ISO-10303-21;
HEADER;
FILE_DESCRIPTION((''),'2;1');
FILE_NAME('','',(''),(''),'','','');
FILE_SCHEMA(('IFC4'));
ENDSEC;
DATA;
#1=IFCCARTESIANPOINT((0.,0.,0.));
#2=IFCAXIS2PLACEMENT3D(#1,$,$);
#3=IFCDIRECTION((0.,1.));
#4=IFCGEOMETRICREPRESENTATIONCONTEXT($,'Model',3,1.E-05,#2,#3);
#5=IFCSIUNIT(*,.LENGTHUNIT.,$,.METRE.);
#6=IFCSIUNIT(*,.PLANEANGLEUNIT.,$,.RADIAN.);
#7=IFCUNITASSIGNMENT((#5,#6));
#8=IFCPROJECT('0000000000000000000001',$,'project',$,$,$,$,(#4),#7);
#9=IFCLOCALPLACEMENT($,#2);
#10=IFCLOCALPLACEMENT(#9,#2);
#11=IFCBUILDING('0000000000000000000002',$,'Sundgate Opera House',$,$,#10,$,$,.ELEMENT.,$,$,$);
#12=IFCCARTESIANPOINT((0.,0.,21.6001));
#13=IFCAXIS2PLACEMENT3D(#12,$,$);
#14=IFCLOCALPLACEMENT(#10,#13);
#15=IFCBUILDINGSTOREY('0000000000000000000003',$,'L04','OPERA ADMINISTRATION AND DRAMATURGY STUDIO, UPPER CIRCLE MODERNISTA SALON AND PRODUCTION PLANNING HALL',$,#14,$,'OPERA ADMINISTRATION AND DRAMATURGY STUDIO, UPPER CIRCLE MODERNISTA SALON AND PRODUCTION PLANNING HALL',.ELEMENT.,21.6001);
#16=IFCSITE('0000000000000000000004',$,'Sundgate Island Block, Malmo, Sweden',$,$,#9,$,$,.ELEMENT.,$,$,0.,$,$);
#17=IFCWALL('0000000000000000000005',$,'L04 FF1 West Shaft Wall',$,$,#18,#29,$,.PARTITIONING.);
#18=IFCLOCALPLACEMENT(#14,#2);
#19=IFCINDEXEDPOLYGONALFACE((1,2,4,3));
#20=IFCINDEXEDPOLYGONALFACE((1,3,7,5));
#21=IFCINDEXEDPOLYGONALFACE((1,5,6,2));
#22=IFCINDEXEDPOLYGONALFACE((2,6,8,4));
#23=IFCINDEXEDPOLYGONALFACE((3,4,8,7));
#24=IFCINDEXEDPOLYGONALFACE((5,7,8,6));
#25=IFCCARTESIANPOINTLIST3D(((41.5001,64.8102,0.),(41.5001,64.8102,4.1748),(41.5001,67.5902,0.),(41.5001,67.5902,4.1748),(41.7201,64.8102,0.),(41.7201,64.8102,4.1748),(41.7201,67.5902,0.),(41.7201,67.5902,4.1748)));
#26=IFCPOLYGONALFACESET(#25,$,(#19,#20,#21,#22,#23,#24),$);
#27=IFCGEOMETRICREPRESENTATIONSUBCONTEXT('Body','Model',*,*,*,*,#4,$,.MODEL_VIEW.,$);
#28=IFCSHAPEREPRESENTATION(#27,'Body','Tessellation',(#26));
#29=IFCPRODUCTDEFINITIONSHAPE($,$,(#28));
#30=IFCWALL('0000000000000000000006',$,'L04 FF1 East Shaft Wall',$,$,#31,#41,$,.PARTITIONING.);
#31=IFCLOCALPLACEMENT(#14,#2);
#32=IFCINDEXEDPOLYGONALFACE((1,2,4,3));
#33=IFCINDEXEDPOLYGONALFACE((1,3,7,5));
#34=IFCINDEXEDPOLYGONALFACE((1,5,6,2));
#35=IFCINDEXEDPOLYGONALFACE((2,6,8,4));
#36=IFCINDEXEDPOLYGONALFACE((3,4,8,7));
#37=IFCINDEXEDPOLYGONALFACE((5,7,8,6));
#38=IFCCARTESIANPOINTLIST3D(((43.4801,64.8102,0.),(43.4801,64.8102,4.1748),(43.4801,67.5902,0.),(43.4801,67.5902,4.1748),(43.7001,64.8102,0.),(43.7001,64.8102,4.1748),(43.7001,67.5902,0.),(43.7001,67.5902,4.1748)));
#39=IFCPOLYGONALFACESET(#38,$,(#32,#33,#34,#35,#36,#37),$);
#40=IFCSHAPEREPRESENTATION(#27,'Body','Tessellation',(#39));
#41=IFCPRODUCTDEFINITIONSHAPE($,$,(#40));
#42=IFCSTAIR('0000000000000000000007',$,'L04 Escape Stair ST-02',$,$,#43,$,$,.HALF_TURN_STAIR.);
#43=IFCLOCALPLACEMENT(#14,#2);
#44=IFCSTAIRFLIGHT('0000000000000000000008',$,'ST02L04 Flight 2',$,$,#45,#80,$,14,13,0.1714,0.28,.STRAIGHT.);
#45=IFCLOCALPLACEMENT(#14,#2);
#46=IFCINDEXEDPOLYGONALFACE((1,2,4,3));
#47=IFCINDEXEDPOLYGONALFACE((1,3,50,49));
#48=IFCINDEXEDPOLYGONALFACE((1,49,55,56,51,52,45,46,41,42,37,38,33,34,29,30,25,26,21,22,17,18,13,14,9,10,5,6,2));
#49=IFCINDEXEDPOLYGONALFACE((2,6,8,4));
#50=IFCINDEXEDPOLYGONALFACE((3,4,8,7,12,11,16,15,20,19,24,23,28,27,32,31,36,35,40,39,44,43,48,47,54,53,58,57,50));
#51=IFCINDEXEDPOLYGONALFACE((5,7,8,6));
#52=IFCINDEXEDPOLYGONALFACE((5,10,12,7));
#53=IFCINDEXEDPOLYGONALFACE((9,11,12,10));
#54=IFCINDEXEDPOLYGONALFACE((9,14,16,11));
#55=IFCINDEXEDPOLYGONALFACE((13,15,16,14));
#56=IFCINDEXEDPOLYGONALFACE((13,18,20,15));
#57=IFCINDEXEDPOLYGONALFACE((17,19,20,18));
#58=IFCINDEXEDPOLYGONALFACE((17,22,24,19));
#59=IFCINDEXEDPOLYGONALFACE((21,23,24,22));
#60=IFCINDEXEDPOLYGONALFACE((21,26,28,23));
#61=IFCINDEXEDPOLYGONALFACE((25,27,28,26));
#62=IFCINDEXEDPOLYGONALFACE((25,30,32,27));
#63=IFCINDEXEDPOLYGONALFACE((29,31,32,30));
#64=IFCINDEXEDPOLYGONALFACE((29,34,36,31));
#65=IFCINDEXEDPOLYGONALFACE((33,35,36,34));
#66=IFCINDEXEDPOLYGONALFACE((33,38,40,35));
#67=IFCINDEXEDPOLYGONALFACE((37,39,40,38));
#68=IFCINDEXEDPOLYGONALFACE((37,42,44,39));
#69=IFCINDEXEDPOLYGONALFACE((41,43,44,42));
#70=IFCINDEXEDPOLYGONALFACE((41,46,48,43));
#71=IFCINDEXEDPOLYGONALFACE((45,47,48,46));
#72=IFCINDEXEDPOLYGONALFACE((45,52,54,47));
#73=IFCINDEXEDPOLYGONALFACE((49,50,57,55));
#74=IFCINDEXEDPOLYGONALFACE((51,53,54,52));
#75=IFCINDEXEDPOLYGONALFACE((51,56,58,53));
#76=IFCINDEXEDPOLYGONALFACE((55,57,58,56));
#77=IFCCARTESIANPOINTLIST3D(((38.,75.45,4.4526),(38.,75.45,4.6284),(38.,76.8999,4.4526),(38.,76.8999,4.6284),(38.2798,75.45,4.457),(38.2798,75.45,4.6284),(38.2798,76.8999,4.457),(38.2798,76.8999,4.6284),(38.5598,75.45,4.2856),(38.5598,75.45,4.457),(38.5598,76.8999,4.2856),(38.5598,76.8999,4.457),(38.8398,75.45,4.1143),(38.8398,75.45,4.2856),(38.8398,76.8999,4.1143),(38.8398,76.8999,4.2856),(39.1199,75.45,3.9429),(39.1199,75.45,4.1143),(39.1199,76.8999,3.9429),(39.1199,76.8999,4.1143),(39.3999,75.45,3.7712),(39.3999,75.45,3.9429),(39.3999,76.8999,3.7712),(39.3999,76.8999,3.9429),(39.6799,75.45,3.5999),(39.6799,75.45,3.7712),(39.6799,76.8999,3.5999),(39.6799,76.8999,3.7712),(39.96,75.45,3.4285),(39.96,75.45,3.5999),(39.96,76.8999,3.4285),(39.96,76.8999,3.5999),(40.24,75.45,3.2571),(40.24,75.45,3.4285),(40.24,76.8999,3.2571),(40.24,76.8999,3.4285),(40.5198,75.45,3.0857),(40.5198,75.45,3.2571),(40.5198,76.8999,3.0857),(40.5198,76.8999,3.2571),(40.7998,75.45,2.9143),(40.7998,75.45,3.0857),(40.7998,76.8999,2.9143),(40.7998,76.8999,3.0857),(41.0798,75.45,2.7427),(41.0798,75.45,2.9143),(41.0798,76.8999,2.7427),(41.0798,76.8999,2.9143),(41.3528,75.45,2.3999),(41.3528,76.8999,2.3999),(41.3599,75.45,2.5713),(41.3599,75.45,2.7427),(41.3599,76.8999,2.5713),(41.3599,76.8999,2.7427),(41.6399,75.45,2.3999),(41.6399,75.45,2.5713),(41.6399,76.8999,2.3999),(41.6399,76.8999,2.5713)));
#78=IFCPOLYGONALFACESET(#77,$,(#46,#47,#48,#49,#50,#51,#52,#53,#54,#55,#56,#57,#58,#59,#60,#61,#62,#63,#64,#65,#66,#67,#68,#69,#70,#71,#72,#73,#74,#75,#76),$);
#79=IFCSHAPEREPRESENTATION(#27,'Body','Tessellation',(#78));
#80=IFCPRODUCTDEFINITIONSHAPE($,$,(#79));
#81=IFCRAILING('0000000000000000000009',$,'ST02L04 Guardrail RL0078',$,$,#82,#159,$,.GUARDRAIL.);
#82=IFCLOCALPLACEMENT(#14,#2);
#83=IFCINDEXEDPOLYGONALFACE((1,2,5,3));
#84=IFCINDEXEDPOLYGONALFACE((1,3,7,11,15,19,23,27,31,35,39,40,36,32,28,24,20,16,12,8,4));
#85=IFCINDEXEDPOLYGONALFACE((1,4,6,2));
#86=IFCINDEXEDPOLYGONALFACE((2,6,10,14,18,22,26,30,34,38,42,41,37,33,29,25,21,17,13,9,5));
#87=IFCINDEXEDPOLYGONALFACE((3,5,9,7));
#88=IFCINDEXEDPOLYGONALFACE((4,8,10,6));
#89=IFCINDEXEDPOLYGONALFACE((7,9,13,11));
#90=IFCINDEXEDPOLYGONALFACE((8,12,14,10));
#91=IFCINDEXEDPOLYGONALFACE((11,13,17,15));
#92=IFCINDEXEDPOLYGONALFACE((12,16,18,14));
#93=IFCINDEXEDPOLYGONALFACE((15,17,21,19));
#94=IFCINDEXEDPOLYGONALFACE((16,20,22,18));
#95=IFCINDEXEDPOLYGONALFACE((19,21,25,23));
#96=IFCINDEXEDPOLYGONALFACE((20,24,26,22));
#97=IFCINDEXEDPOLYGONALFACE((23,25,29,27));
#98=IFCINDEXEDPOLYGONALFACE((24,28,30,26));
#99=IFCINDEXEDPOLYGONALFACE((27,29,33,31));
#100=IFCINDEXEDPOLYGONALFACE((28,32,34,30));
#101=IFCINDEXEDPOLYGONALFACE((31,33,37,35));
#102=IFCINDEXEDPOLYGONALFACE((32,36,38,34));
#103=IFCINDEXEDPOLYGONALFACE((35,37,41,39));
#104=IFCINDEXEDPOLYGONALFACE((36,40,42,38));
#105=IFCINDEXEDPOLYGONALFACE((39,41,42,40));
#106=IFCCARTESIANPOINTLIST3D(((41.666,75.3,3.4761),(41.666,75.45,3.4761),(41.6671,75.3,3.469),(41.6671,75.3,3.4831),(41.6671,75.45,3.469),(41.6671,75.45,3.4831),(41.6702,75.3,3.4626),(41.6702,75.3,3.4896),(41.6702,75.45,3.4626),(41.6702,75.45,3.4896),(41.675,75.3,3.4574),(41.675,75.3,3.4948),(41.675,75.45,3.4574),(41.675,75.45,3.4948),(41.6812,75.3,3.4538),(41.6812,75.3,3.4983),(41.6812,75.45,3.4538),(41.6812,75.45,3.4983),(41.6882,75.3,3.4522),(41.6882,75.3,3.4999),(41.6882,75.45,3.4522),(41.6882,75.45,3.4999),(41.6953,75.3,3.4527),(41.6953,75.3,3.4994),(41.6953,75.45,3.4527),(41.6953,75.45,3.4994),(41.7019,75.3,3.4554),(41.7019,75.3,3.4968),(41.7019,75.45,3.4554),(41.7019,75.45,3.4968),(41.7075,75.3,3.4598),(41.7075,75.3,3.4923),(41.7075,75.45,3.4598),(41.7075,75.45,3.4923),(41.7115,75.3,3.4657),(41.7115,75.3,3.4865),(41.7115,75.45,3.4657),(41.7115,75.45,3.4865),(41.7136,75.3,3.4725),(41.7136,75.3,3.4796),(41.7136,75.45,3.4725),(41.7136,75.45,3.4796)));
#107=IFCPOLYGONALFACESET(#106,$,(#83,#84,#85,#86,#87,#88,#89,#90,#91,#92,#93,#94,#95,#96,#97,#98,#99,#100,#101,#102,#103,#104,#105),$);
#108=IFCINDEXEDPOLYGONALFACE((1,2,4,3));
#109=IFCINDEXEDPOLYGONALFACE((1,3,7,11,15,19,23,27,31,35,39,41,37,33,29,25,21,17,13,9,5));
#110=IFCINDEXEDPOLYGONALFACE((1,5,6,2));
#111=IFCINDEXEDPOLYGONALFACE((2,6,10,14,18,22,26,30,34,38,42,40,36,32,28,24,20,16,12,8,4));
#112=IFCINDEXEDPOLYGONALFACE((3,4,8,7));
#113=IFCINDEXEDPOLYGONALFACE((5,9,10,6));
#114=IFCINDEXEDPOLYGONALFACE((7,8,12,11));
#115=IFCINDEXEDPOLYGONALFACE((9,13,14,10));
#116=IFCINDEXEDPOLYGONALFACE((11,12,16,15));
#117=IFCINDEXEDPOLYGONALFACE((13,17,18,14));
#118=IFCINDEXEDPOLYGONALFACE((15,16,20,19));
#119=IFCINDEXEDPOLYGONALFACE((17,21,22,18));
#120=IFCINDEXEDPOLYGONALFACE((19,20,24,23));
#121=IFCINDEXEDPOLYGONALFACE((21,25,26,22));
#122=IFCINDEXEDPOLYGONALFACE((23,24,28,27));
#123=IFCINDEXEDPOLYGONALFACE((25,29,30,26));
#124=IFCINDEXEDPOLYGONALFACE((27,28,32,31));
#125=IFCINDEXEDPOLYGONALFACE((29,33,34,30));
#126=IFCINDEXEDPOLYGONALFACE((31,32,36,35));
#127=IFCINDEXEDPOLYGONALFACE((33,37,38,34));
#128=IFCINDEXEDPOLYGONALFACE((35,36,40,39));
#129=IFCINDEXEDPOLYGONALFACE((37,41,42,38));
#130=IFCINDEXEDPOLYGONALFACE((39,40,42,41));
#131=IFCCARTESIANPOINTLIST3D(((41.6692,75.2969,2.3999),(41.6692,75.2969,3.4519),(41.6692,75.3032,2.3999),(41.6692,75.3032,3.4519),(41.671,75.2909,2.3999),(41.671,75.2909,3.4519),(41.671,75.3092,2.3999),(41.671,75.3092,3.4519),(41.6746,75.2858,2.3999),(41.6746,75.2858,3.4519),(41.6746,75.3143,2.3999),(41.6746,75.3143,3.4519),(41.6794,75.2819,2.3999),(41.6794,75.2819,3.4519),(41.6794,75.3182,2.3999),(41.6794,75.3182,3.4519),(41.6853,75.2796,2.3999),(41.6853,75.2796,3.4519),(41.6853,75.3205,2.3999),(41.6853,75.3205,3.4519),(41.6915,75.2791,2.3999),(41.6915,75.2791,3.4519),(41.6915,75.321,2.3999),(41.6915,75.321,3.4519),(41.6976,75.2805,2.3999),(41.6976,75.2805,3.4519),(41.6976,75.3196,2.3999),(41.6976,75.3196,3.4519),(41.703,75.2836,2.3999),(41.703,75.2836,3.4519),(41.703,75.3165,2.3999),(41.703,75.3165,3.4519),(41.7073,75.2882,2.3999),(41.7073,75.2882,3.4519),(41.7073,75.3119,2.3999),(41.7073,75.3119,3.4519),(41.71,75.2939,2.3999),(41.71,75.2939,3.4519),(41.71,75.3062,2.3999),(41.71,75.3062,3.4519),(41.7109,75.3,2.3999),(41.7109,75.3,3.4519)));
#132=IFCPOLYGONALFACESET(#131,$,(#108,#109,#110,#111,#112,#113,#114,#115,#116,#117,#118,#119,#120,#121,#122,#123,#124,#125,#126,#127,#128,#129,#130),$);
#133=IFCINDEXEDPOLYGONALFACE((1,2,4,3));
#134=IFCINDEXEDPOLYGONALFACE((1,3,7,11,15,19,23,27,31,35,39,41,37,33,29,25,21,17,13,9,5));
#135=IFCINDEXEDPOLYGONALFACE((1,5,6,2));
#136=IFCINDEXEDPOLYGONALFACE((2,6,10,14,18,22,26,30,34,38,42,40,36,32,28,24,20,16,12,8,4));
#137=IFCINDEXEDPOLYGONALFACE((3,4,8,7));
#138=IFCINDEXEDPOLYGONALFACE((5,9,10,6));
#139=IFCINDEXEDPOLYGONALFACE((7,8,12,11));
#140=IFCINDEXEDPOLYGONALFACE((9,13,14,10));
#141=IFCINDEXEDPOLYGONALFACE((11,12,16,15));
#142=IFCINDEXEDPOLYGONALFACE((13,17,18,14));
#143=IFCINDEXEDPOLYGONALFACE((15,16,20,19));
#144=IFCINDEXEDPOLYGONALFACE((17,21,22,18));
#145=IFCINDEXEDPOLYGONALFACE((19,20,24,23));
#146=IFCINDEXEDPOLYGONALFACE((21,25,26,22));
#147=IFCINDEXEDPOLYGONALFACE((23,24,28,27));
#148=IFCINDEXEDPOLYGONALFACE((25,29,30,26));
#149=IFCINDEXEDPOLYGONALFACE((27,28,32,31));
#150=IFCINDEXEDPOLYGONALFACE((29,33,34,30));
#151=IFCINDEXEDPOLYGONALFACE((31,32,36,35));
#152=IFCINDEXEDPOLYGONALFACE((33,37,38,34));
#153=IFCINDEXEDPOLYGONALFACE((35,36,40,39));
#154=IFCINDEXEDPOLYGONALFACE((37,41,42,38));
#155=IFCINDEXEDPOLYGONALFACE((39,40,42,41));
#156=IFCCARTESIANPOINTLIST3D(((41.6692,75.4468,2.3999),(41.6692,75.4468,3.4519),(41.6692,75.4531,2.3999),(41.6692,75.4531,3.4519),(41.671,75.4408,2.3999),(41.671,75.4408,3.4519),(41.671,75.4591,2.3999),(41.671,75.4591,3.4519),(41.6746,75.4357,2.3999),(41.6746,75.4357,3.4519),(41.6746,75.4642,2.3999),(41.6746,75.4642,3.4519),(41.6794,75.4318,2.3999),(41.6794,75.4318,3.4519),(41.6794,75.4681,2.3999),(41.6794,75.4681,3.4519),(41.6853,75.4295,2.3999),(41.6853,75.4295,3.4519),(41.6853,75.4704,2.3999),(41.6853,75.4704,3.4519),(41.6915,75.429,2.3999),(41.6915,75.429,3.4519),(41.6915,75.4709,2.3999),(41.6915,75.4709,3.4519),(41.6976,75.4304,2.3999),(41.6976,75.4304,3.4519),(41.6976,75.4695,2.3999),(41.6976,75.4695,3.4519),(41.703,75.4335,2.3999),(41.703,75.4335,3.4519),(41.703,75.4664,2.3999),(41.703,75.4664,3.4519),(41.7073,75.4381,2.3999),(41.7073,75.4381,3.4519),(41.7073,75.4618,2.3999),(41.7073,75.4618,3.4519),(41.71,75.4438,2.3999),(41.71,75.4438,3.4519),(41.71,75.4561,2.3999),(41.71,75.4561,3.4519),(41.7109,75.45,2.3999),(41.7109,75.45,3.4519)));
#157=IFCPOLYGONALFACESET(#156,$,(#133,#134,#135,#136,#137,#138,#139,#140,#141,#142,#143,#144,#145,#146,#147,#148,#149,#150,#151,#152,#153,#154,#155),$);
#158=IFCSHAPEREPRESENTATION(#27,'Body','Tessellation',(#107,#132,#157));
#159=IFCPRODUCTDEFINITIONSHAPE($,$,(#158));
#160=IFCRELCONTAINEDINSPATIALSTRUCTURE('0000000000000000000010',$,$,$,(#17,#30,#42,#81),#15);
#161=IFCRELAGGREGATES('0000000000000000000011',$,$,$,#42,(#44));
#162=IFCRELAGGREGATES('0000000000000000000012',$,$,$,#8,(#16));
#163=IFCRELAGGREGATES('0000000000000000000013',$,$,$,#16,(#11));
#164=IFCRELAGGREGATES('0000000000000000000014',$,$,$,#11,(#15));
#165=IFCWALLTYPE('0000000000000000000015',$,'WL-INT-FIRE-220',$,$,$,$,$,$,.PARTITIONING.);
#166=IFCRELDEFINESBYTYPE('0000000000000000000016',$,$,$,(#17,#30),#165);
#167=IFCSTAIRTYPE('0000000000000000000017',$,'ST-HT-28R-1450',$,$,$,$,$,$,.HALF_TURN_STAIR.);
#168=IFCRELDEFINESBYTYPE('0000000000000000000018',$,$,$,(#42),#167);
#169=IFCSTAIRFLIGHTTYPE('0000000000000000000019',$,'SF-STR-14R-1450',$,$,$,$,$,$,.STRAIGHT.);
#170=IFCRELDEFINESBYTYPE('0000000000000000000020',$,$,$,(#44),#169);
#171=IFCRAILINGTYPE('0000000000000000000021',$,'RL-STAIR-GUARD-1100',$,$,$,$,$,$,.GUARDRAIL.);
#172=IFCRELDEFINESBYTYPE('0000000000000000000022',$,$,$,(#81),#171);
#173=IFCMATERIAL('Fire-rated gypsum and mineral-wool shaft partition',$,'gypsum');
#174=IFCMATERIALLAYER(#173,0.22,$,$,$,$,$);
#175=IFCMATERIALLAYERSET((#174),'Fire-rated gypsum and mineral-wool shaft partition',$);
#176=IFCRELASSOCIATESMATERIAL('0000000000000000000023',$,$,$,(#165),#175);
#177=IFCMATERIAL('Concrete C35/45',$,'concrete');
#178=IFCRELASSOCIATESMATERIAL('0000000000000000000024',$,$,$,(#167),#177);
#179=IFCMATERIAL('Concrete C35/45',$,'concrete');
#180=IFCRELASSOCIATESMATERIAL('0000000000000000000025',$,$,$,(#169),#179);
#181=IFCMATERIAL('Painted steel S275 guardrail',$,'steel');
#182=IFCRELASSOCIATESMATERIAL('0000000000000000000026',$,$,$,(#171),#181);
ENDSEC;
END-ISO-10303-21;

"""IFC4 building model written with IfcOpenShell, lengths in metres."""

from ifc_helpers import new_model, si_unit, direction, frame, frame_2d, origin, origin_2d, place, context, subcontext, project, spatial, polyline, rectangle, circle, outline, extrude, material, layer, layer_set, type_object, element, aggregate, save


model = new_model("IFC4")

# Units and contexts
model_context = context("Model", 3, precision=1e-05, world=origin(), true_north=direction((0.0, 1.0)))
body_context = subcontext(model_context, "Body", "Model", "MODEL_VIEW")
ifc_project = project(units=[si_unit("LENGTHUNIT", "METRE"), si_unit("PLANEANGLEUNIT", "RADIAN")], contexts=[model_context])

# Site, building, storey
site_placement = place(None, origin())
site = spatial("IfcSite", under=ifc_project, at=site_placement, Name="Sundgate Island Block, Malmo, Sweden", CompositionType="ELEMENT", RefElevation=0.0)
building_placement = place(site_placement, origin())
building = spatial("IfcBuilding", under=site, at=building_placement, Name="Sundgate Opera House", CompositionType="ELEMENT")
storey_placement = place(building_placement, frame((0.0, 0.0, 21.6001)))
storey = spatial("IfcBuildingStorey", under=building, at=storey_placement, Name="L04", Description="OPERA ADMINISTRATION AND DRAMATURGY STUDIO, UPPER CIRCLE MODERNISTA SALON AND PRODUCTION PLANNING HALL", LongName="OPERA ADMINISTRATION AND DRAMATURGY STUDIO, UPPER CIRCLE MODERNISTA SALON AND PRODUCTION PLANNING HALL", CompositionType="ELEMENT", Elevation=21.6001)

# Shared definitions
ifc_material_1 = material(Name="Fire-rated gypsum and mineral-wool shaft partition", Category="gypsum")
ifc_layer_1 = layer(ifc_material_1, 0.22)
ifc_layer_set_1 = layer_set([ifc_layer_1], Name="Fire-rated gypsum and mineral-wool shaft partition")
wall_type_1 = type_object("IfcWallType", Name="WL-INT-FIRE-220", PredefinedType="PARTITIONING", material=ifc_layer_set_1)

# Walls
for number, where, z_axis, x_axis, name in (
    (1, (41.6101, 64.8101, 0.0), (0.0, 0.0, 1.0), (0.0, 1.0, 0.0), "L04 FF1 West Shaft Wall"),
    (2, (43.5901, 64.8101, 0.0), (0.0, 0.0, 1.0), (0.0, 1.0, 0.0), "L04 FF1 East Shaft Wall"),
):
    element("IfcWall", number, at=place(storey_placement, frame(where, z_axis=z_axis, x_axis=x_axis)), inside=storey, type_object=wall_type_1, Name=name, PredefinedType="PARTITIONING", context=body_context, shape_type="SweptSolid", body=[
        extrude(rectangle(XDim=2.78, YDim=0.22, at=frame_2d((1.3901, 0.0))), origin(), (0.0, 0.0, 1.0), 4.1748),
    ])

# Stair, stair flight
ifc_material_2 = material(Name="Concrete C35/45", Category="concrete")
stair_type = type_object("IfcStairType", Name="ST-HT-28R-1450", PredefinedType="HALF_TURN_STAIR", material=ifc_material_2)
stair_placement = place(storey_placement, origin())
stair = element("IfcStair", 3, at=stair_placement, inside=storey, type_object=stair_type, Name="L04 Escape Stair ST-02", PredefinedType="HALF_TURN_STAIR")
ifc_material_3 = material(Name="Concrete C35/45", Category="concrete")
stair_flight_type = type_object("IfcStairFlightType", Name="SF-STR-14R-1450", PredefinedType="STRAIGHT", material=ifc_material_3)
stair_flight_placement = place(storey_placement, frame((41.6399, 76.175, 2.3999), z_axis=(0.0, 0.0, 1.0), x_axis=(-1.0, 0.0, 0.0)))
stair_flight = element("IfcStairFlight", 4, at=stair_flight_placement, type_object=stair_flight_type, Name="ST02L04 Flight 2", NumberOfRisers=14, NumberOfTreads=13, PredefinedType="STRAIGHT", RiserHeight=0.1714, TreadLength=0.28, context=body_context, shape_type="SweptSolid", body=[
    extrude(outline(polyline([(0.0, 0.0), (0.0, 0.1714), (0.28, 0.1714), (0.28, 0.3428), (0.5601, 0.3428), (0.5601, 0.5144), (0.8401, 0.5144), (0.8401, 0.6858), (1.1201, 0.6858), (1.1201, 0.8572), (1.3999, 0.8572), (1.3999, 1.0286), (1.6799, 1.0286), (1.6799, 1.2), (1.96, 1.2), (1.96, 1.3713), (2.24, 1.3713), (2.24, 1.543), (2.52, 1.543), (2.52, 1.7144), (2.8, 1.7144), (2.8, 1.8857), (3.0801, 1.8857), (3.0801, 2.0571), (3.3601, 2.0571), (3.3601, 2.2285), (3.6399, 2.2285), (3.6399, 2.3999), (3.6399, 2.0527), (0.2871, 0.0), (0.0, 0.0)])), frame((0.0, 0.7251, 0.0), z_axis=(0.0, -1.0, 0.0), x_axis=(1.0, 0.0, 0.0)), (0.0, 0.0, 1.0), 1.45),
])
aggregate(stair, [stair_flight])

# Railing
ifc_material_4 = material(Name="Painted steel S275 guardrail", Category="steel")
railing_type_1 = type_object("IfcRailingType", Name="RL-STAIR-GUARD-1100", PredefinedType="GUARDRAIL", material=ifc_material_4)
railing_1_placement = place(storey_placement, frame((41.6899, 75.3, 2.3999)))
element("IfcRailing", 5, at=railing_1_placement, inside=storey, type_object=railing_type_1, Name="ST02L04 Guardrail RL0078", PredefinedType="GUARDRAIL", context=body_context, shape_type="SweptSolid", body=[
    extrude(circle(Radius=0.0239, at=origin_2d()), frame((0.0, 0.0, 1.0762), z_axis=(0.0, 1.0, 0.0), x_axis=(-1.0, 0.0, 0.0)), (0.0, 0.0, 1.0), 0.1499),
    extrude(circle(Radius=0.021, at=origin_2d()), origin(), (0.0, 0.0, 1.0), 1.052),
    extrude(circle(Radius=0.021, at=origin_2d()), frame((0.0, 0.1499, 0.0)), (0.0, 0.0, 1.0), 1.052),
])

save(model, "model.ifc")
